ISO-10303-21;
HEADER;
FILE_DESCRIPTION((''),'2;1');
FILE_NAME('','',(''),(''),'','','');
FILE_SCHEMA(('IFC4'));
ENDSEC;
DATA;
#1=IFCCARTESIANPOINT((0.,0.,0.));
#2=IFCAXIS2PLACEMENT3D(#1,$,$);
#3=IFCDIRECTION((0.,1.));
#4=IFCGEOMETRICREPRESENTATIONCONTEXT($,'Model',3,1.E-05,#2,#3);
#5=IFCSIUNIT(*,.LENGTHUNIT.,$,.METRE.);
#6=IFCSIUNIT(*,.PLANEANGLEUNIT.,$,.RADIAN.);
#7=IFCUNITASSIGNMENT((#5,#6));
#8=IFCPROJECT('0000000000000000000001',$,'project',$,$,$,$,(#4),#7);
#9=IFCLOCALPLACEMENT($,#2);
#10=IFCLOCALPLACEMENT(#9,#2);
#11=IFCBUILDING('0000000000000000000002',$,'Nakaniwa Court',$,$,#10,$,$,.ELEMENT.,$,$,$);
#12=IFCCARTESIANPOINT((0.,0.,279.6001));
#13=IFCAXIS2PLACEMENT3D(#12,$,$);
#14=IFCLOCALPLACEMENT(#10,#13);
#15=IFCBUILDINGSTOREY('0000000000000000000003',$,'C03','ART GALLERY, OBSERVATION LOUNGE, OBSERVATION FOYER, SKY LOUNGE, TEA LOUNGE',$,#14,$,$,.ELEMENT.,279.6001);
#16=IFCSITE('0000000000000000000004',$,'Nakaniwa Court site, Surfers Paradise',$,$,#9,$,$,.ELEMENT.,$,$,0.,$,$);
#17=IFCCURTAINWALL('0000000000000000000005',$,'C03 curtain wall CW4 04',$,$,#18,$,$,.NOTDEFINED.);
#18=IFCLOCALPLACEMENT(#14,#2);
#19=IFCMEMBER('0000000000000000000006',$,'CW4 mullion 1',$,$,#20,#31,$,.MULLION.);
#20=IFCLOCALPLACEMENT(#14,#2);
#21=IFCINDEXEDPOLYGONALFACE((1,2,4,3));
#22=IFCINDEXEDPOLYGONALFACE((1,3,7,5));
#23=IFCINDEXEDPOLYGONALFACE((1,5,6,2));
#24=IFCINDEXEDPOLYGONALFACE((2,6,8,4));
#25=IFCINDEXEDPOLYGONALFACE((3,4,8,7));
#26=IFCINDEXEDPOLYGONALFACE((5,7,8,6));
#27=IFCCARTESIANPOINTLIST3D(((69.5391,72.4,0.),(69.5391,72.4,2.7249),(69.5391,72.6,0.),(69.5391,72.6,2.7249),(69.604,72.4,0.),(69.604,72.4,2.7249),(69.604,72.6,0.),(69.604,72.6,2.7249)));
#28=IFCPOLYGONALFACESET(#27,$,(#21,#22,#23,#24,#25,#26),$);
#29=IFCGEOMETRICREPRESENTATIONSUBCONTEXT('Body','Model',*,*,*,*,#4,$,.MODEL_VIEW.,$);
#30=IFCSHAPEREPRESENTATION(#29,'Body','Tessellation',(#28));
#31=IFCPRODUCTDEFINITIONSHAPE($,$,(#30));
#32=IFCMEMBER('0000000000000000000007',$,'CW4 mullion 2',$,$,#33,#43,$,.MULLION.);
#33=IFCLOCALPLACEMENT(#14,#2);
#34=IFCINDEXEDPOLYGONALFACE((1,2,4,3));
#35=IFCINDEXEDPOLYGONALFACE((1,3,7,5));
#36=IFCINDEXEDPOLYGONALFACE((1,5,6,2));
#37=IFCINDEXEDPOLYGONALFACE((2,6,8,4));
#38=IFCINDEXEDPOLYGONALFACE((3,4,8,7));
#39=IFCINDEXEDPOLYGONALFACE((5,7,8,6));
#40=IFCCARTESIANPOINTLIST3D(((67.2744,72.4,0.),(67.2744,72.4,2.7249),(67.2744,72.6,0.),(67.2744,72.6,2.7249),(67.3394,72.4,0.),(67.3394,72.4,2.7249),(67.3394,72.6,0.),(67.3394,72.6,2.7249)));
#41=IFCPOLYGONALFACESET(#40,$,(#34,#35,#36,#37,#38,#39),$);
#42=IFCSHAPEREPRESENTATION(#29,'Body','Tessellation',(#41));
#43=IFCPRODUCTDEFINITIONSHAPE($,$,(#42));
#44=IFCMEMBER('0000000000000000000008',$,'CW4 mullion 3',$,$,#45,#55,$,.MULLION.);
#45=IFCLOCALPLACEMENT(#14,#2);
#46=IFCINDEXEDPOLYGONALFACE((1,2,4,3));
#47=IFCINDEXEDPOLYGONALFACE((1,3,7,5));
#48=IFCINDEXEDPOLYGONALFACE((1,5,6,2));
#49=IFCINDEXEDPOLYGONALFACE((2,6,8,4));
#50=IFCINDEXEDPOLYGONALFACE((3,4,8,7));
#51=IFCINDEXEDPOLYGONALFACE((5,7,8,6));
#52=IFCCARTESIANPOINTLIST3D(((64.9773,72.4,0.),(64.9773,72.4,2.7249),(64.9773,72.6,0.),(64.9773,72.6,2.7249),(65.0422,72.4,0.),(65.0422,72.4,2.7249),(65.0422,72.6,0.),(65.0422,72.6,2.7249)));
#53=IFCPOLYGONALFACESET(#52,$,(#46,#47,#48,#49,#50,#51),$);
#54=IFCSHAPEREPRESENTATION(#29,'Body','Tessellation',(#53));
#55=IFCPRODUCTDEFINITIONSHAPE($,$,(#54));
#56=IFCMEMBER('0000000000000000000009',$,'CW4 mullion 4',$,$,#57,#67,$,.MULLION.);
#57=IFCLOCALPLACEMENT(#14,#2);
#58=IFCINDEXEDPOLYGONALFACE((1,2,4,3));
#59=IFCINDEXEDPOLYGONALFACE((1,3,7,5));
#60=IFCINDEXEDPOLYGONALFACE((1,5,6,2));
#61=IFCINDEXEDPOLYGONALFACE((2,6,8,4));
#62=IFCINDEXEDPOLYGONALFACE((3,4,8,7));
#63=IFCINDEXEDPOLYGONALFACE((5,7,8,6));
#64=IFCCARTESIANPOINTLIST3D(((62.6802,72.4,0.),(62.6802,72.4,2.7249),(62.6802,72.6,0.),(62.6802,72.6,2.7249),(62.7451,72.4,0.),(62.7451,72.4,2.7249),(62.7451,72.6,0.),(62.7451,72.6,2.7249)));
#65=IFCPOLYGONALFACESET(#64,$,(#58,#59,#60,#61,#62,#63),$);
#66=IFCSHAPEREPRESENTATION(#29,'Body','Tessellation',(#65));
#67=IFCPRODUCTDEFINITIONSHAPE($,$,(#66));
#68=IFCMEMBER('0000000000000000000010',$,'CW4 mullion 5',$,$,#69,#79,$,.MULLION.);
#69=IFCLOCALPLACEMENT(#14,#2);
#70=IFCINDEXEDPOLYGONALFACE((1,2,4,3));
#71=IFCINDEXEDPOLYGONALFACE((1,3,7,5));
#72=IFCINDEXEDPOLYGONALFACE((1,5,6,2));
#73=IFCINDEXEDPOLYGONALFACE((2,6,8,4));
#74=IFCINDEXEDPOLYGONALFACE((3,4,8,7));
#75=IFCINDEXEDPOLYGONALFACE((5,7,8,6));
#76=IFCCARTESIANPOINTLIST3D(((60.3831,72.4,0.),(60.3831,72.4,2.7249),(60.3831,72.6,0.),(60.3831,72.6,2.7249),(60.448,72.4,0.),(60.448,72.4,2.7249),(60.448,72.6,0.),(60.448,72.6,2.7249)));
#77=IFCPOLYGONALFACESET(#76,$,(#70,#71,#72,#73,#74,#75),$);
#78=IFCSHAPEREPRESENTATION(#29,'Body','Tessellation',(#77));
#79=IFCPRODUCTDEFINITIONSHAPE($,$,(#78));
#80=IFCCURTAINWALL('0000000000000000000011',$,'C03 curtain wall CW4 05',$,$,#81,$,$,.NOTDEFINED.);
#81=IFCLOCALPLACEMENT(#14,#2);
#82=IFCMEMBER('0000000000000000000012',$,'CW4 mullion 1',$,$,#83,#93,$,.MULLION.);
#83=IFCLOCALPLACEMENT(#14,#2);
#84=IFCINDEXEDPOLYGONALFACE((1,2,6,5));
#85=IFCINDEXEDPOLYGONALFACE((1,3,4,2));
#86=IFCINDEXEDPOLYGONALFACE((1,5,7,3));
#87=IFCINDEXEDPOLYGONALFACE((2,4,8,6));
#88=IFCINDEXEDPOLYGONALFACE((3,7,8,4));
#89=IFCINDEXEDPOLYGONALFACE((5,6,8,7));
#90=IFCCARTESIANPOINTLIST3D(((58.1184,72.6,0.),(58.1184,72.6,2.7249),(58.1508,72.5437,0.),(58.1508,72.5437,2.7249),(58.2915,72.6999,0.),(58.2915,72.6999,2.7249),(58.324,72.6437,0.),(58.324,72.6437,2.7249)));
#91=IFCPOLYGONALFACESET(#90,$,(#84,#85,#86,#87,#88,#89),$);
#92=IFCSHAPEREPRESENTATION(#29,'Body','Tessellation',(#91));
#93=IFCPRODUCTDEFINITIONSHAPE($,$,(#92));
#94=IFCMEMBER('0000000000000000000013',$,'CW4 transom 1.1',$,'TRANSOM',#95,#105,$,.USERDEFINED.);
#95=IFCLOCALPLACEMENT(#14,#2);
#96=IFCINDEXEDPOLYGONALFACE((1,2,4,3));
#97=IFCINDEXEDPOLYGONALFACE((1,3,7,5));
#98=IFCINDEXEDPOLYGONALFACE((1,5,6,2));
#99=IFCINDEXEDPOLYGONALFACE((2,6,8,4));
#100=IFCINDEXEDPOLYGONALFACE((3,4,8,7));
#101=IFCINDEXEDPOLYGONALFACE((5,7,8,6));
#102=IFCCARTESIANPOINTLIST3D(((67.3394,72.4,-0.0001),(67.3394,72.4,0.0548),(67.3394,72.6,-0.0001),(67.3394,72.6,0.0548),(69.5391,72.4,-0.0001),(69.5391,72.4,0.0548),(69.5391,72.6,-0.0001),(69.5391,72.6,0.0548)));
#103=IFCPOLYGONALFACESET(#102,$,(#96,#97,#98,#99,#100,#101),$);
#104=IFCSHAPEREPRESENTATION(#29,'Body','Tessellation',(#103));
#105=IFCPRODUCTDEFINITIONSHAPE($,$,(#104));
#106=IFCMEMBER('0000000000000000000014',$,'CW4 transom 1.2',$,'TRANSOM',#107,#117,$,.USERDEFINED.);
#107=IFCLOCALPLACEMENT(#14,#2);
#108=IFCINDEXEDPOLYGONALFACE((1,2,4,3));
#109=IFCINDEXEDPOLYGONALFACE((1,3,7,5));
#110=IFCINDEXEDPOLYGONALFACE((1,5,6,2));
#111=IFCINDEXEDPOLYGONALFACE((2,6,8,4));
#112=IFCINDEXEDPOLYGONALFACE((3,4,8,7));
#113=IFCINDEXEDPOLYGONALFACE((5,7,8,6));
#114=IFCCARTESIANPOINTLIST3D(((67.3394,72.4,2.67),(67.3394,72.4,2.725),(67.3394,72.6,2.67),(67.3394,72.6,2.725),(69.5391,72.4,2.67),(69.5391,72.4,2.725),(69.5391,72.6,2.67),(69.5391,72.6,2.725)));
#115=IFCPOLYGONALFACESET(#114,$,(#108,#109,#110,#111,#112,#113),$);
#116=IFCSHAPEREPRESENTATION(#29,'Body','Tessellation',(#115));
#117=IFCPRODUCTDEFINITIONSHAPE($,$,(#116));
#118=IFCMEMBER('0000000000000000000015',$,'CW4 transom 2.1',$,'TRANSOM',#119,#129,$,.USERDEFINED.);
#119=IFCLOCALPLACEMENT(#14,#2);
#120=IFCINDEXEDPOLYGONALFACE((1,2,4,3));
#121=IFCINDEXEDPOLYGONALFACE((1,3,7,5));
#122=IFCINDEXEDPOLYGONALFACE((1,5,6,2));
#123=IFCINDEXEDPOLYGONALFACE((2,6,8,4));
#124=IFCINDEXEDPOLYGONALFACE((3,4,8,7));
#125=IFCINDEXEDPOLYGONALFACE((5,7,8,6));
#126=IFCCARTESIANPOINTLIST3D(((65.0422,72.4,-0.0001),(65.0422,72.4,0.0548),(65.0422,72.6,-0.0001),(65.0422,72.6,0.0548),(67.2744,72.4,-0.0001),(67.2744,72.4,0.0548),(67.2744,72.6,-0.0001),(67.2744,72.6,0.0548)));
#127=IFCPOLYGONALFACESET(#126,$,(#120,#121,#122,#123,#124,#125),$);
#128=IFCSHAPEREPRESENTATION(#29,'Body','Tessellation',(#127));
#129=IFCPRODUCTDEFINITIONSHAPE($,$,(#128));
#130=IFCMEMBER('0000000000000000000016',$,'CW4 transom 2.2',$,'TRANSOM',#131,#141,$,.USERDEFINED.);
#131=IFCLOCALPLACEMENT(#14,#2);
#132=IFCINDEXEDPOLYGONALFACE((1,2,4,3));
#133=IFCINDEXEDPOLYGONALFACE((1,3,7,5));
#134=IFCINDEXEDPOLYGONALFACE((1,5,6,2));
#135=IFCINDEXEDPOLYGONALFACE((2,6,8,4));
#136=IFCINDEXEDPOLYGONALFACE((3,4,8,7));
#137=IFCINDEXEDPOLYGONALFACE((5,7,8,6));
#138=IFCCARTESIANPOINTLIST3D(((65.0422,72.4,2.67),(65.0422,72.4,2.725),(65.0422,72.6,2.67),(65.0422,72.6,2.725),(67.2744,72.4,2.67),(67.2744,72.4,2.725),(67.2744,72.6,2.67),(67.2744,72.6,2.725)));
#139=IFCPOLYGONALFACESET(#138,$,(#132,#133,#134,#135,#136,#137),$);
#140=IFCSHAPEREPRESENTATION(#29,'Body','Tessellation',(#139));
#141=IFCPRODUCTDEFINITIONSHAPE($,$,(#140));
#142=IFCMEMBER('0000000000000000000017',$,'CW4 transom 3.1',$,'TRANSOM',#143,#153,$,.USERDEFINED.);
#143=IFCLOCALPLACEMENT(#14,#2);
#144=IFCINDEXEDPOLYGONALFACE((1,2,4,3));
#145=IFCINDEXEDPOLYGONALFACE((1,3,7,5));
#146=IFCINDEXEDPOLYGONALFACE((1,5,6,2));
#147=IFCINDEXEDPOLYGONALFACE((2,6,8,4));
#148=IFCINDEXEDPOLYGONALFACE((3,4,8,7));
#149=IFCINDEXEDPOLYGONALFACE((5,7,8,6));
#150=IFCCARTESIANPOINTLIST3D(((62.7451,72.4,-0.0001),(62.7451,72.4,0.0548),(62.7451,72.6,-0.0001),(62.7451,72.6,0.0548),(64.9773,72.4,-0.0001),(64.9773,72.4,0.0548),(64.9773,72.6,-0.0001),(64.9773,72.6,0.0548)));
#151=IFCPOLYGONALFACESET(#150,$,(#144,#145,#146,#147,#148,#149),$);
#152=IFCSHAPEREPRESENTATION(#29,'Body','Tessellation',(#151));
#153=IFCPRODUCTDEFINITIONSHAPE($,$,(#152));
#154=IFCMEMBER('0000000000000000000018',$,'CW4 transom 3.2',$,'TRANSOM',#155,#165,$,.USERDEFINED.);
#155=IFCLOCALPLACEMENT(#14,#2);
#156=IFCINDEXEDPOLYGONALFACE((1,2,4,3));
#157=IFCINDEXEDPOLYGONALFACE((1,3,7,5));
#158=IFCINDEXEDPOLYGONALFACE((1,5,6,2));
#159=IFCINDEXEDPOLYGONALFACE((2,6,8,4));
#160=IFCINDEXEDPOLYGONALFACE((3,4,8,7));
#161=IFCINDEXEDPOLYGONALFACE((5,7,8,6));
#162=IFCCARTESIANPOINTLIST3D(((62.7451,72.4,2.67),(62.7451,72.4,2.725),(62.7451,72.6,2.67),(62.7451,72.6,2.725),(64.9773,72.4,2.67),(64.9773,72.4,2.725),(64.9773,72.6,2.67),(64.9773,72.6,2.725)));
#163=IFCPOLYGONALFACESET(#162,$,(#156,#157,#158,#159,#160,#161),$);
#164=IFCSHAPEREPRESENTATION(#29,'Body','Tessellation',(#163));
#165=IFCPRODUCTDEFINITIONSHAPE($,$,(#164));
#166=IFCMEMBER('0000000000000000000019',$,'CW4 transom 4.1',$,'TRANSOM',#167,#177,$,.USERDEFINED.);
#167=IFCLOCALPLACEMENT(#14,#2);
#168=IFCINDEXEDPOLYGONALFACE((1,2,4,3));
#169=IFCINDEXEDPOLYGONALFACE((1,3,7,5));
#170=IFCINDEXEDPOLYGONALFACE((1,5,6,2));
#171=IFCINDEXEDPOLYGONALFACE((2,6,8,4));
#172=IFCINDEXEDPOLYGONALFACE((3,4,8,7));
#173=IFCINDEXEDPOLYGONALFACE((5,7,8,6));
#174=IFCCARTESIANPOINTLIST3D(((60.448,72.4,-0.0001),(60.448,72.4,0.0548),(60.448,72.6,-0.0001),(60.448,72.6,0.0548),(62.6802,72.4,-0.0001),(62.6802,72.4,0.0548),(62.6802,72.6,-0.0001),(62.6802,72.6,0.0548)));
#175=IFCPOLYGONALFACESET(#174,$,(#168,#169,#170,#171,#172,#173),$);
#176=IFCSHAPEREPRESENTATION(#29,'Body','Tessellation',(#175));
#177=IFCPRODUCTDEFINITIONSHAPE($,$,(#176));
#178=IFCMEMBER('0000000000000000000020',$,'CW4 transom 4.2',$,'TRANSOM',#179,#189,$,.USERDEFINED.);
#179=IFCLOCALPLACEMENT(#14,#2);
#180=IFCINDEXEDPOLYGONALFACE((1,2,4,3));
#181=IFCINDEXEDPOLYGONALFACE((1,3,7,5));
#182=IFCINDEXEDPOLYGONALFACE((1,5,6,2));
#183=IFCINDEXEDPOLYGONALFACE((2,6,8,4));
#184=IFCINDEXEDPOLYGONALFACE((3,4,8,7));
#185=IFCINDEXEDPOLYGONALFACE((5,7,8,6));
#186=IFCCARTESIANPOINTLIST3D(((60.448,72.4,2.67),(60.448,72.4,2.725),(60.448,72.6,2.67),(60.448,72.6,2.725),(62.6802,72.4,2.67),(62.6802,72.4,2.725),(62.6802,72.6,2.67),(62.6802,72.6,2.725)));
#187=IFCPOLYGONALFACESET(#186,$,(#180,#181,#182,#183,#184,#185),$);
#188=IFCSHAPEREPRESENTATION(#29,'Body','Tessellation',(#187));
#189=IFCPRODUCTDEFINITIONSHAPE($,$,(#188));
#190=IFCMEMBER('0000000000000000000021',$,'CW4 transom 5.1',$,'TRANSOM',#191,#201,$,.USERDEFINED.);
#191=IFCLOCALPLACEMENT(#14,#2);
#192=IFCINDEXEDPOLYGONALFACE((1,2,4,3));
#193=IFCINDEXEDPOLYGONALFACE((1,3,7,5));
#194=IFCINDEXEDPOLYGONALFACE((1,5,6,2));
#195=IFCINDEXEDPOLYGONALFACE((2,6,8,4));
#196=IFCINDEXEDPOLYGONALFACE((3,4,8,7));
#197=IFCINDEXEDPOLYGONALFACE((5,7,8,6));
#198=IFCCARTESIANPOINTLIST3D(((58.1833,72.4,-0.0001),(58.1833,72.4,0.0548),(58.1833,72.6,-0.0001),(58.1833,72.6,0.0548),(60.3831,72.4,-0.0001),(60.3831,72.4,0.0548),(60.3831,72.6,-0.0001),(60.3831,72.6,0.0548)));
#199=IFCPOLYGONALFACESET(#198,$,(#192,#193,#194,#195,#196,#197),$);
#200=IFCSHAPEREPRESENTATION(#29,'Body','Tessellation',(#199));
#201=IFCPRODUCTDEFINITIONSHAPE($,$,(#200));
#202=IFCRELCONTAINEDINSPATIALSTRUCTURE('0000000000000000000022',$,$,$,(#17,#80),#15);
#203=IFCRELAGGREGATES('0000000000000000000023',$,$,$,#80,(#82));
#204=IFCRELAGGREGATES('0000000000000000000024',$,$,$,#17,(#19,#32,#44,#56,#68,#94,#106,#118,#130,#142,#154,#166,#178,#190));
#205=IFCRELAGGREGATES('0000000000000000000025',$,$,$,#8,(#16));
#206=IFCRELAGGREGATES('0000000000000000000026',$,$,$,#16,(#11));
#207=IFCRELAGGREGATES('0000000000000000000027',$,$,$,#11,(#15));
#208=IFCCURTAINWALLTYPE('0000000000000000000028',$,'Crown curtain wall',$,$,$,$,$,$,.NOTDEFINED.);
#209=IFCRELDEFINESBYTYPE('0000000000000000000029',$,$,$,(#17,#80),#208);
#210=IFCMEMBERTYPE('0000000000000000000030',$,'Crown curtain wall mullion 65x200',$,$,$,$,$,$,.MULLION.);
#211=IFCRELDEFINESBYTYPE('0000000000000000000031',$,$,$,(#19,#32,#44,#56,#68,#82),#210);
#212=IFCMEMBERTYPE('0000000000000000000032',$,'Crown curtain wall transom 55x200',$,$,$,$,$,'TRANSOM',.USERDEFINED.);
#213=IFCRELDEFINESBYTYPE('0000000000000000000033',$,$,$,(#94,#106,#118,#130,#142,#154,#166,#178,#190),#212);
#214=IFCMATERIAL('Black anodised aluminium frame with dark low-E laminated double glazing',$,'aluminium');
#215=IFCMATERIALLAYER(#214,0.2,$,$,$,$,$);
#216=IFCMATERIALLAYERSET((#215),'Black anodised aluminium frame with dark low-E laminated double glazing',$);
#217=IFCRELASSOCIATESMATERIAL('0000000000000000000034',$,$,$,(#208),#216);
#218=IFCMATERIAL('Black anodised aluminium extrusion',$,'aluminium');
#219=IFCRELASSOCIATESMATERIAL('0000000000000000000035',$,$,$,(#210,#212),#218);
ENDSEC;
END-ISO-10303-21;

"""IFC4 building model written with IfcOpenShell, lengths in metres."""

from ifc_helpers import new_model, si_unit, direction, frame, origin, origin_2d, place, context, subcontext, project, spatial, rectangle, extrude, material, layer, layer_set, material_profile, profile_set, type_object, element, aggregate, save


model = new_model("IFC4")

# Units and contexts
model_context = context("Model", 3, precision=1e-05, world=origin(), true_north=direction((0.0, 1.0)))
body_context = subcontext(model_context, "Body", "Model", "MODEL_VIEW")
ifc_project = project(units=[si_unit("LENGTHUNIT", "METRE"), si_unit("PLANEANGLEUNIT", "RADIAN")], contexts=[model_context])

# Site, building, storey
site_placement = place(None, origin())
site = spatial("IfcSite", under=ifc_project, at=site_placement, Name="Nakaniwa Court site, Surfers Paradise", CompositionType="ELEMENT", RefElevation=0.0)
building_placement = place(site_placement, origin())
building = spatial("IfcBuilding", under=site, at=building_placement, Name="Nakaniwa Court", CompositionType="ELEMENT")
storey_placement = place(building_placement, frame((0.0, 0.0, 279.6001)))
storey = spatial("IfcBuildingStorey", under=building, at=storey_placement, Name="C03", Description="ART GALLERY, OBSERVATION LOUNGE, OBSERVATION FOYER, SKY LOUNGE, TEA LOUNGE", CompositionType="ELEMENT", Elevation=279.6001)

# Curtain wall, members
ifc_material_1 = material(Name="Black anodised aluminium frame with dark low-E laminated double glazing", Category="aluminium")
ifc_layer_1 = layer(ifc_material_1, 0.2)
ifc_layer_set_1 = layer_set([ifc_layer_1], Name="Black anodised aluminium frame with dark low-E laminated double glazing")
curtain_wall_type = type_object("IfcCurtainWallType", Name="Crown curtain wall", PredefinedType="NOTDEFINED", material=ifc_layer_set_1)
curtain_wall_1_placement = place(storey_placement, origin())
curtain_wall_1 = element("IfcCurtainWall", 1, at=curtain_wall_1_placement, inside=storey, type_object=curtain_wall_type, Name="C03 curtain wall CW4 04", PredefinedType="NOTDEFINED")
ifc_material_2 = material(Name="Black anodised aluminium extrusion", Category="aluminium")
ifc_material_profile_1 = material_profile(ifc_material_2, rectangle(XDim=0.2, YDim=0.0649, at=origin_2d()), Name="Crown curtain wall mullion 65x200")
ifc_profile_set_1 = profile_set([ifc_material_profile_1], Name="Black anodised aluminium extrusion")
member_type_1 = type_object("IfcMemberType", Name="Crown curtain wall mullion 65x200", PredefinedType="MULLION", material=ifc_profile_set_1)
member_1_placement = place(storey_placement, frame((69.5715, 72.5, 0.0), z_axis=(0.0, 0.0, 1.0), x_axis=(0.0, -1.0, 0.0)))
member_1 = element("IfcMember", 2, at=member_1_placement, type_object=member_type_1, Name="CW4 mullion 1", PredefinedType="MULLION", context=body_context, shape_type="SweptSolid", body=[
    extrude(rectangle(XDim=0.2, YDim=0.0649, at=origin_2d()), origin(), (0.0, 0.0, 1.0), 2.7249),
])
member_2_placement = place(storey_placement, frame((67.3069, 72.5, 0.0), z_axis=(0.0, 0.0, 1.0), x_axis=(0.0, -1.0, 0.0)))
member_2 = element("IfcMember", 3, at=member_2_placement, type_object=member_type_1, Name="CW4 mullion 2", PredefinedType="MULLION", context=body_context, shape_type="SweptSolid", body=[
    extrude(rectangle(XDim=0.2, YDim=0.0649, at=origin_2d()), origin(), (0.0, 0.0, 1.0), 2.7249),
])
member_3_placement = place(storey_placement, frame((65.0098, 72.5, 0.0), z_axis=(0.0, 0.0, 1.0), x_axis=(0.0, -1.0, 0.0)))
member_3 = element("IfcMember", 4, at=member_3_placement, type_object=member_type_1, Name="CW4 mullion 3", PredefinedType="MULLION", context=body_context, shape_type="SweptSolid", body=[
    extrude(rectangle(XDim=0.2, YDim=0.0649, at=origin_2d()), origin(), (0.0, 0.0, 1.0), 2.7249),
])
member_4_placement = place(storey_placement, frame((62.7126, 72.5, 0.0), z_axis=(0.0, 0.0, 1.0), x_axis=(0.0, -1.0, 0.0)))
member_4 = element("IfcMember", 5, at=member_4_placement, type_object=member_type_1, Name="CW4 mullion 4", PredefinedType="MULLION", context=body_context, shape_type="SweptSolid", body=[
    extrude(rectangle(XDim=0.2, YDim=0.0649, at=origin_2d()), origin(), (0.0, 0.0, 1.0), 2.7249),
])
member_5_placement = place(storey_placement, frame((60.4155, 72.5, 0.0), z_axis=(0.0, 0.0, 1.0), x_axis=(0.0, -1.0, 0.0)))
member_5 = element("IfcMember", 6, at=member_5_placement, type_object=member_type_1, Name="CW4 mullion 5", PredefinedType="MULLION", context=body_context, shape_type="SweptSolid", body=[
    extrude(rectangle(XDim=0.2, YDim=0.0649, at=origin_2d()), origin(), (0.0, 0.0, 1.0), 2.7249),
])

# Curtain wall, member
curtain_wall_2_placement = place(storey_placement, origin())
curtain_wall_2 = element("IfcCurtainWall", 7, at=curtain_wall_2_placement, inside=storey, type_object=curtain_wall_type, Name="C03 curtain wall CW4 05", PredefinedType="NOTDEFINED")
member_6_placement = place(storey_placement, frame((58.2212, 72.6218, 0.0), z_axis=(0.0, 0.0, 1.0), x_axis=(0.866021, 0.500008, 0.0)))
member_6 = element("IfcMember", 8, at=member_6_placement, type_object=member_type_1, Name="CW4 mullion 1", PredefinedType="MULLION", context=body_context, shape_type="SweptSolid", body=[
    extrude(rectangle(XDim=0.2, YDim=0.0649, at=origin_2d()), origin(), (0.0, 0.0, 1.0), 2.7249),
])

# Members
ifc_material_profile_2 = material_profile(ifc_material_2, rectangle(XDim=0.2, YDim=0.0549, at=origin_2d()), Name="Crown curtain wall transom 55x200")
ifc_profile_set_2 = profile_set([ifc_material_profile_2], Name="Black anodised aluminium extrusion")
member_type_2 = type_object("IfcMemberType", Name="Crown curtain wall transom 55x200", ElementType="TRANSOM", PredefinedType="USERDEFINED", material=ifc_profile_set_2)
member_7_placement = place(storey_placement, frame((69.5391, 72.5, 0.0273), z_axis=(-1.0, 0.0, 0.0), x_axis=(0.0, -1.0, 0.0)))
member_7 = element("IfcMember", 9, at=member_7_placement, type_object=member_type_2, Name="CW4 transom 1.1", ObjectType="TRANSOM", PredefinedType="USERDEFINED", context=body_context, shape_type="SweptSolid", body=[
    extrude(rectangle(XDim=0.2, YDim=0.0549, at=origin_2d()), origin(), (0.0, 0.0, 1.0), 2.1997),
])
member_8_placement = place(storey_placement, frame((69.5391, 72.5, 2.6975), z_axis=(-1.0, 0.0, 0.0), x_axis=(0.0, -1.0, 0.0)))
member_8 = element("IfcMember", 10, at=member_8_placement, type_object=member_type_2, Name="CW4 transom 1.2", ObjectType="TRANSOM", PredefinedType="USERDEFINED", context=body_context, shape_type="SweptSolid", body=[
    extrude(rectangle(XDim=0.2, YDim=0.0549, at=origin_2d()), origin(), (0.0, 0.0, 1.0), 2.1997),
])
member_9_placement = place(storey_placement, frame((67.2744, 72.5, 0.0273), z_axis=(-1.0, 0.0, 0.0), x_axis=(0.0, -1.0, 0.0)))
member_9 = element("IfcMember", 11, at=member_9_placement, type_object=member_type_2, Name="CW4 transom 2.1", ObjectType="TRANSOM", PredefinedType="USERDEFINED", context=body_context, shape_type="SweptSolid", body=[
    extrude(rectangle(XDim=0.2, YDim=0.0549, at=origin_2d()), origin(), (0.0, 0.0, 1.0), 2.2322),
])
member_10_placement = place(storey_placement, frame((67.2744, 72.5, 2.6975), z_axis=(-1.0, 0.0, 0.0), x_axis=(0.0, -1.0, 0.0)))
member_10 = element("IfcMember", 12, at=member_10_placement, type_object=member_type_2, Name="CW4 transom 2.2", ObjectType="TRANSOM", PredefinedType="USERDEFINED", context=body_context, shape_type="SweptSolid", body=[
    extrude(rectangle(XDim=0.2, YDim=0.0549, at=origin_2d()), origin(), (0.0, 0.0, 1.0), 2.2322),
])
member_11_placement = place(storey_placement, frame((64.9773, 72.5, 0.0273), z_axis=(-1.0, 0.0, 0.0), x_axis=(0.0, -1.0, 0.0)))
member_11 = element("IfcMember", 13, at=member_11_placement, type_object=member_type_2, Name="CW4 transom 3.1", ObjectType="TRANSOM", PredefinedType="USERDEFINED", context=body_context, shape_type="SweptSolid", body=[
    extrude(rectangle(XDim=0.2, YDim=0.0549, at=origin_2d()), origin(), (0.0, 0.0, 1.0), 2.2322),
])
member_12_placement = place(storey_placement, frame((64.9773, 72.5, 2.6975), z_axis=(-1.0, 0.0, 0.0), x_axis=(0.0, -1.0, 0.0)))
member_12 = element("IfcMember", 14, at=member_12_placement, type_object=member_type_2, Name="CW4 transom 3.2", ObjectType="TRANSOM", PredefinedType="USERDEFINED", context=body_context, shape_type="SweptSolid", body=[
    extrude(rectangle(XDim=0.2, YDim=0.0549, at=origin_2d()), origin(), (0.0, 0.0, 1.0), 2.2322),
])
member_13_placement = place(storey_placement, frame((62.6802, 72.5, 0.0273), z_axis=(-1.0, 0.0, 0.0), x_axis=(0.0, -1.0, 0.0)))
member_13 = element("IfcMember", 15, at=member_13_placement, type_object=member_type_2, Name="CW4 transom 4.1", ObjectType="TRANSOM", PredefinedType="USERDEFINED", context=body_context, shape_type="SweptSolid", body=[
    extrude(rectangle(XDim=0.2, YDim=0.0549, at=origin_2d()), origin(), (0.0, 0.0, 1.0), 2.2322),
])
member_14_placement = place(storey_placement, frame((62.6802, 72.5, 2.6975), z_axis=(-1.0, 0.0, 0.0), x_axis=(0.0, -1.0, 0.0)))
member_14 = element("IfcMember", 16, at=member_14_placement, type_object=member_type_2, Name="CW4 transom 4.2", ObjectType="TRANSOM", PredefinedType="USERDEFINED", context=body_context, shape_type="SweptSolid", body=[
    extrude(rectangle(XDim=0.2, YDim=0.0549, at=origin_2d()), origin(), (0.0, 0.0, 1.0), 2.2322),
])
member_15_placement = place(storey_placement, frame((60.3831, 72.5, 0.0273), z_axis=(-1.0, 0.0, 0.0), x_axis=(0.0, -1.0, 0.0)))
member_15 = element("IfcMember", 17, at=member_15_placement, type_object=member_type_2, Name="CW4 transom 5.1", ObjectType="TRANSOM", PredefinedType="USERDEFINED", context=body_context, shape_type="SweptSolid", body=[
    extrude(rectangle(XDim=0.2, YDim=0.0549, at=origin_2d()), origin(), (0.0, 0.0, 1.0), 2.1997),
])
aggregate(curtain_wall_2, [member_6])

aggregate(curtain_wall_1, [member_1, member_2, member_3, member_4, member_5, member_7, member_8, member_9, member_10, member_11, member_12, member_13, member_14, member_15])

save(model, "model.ifc")
